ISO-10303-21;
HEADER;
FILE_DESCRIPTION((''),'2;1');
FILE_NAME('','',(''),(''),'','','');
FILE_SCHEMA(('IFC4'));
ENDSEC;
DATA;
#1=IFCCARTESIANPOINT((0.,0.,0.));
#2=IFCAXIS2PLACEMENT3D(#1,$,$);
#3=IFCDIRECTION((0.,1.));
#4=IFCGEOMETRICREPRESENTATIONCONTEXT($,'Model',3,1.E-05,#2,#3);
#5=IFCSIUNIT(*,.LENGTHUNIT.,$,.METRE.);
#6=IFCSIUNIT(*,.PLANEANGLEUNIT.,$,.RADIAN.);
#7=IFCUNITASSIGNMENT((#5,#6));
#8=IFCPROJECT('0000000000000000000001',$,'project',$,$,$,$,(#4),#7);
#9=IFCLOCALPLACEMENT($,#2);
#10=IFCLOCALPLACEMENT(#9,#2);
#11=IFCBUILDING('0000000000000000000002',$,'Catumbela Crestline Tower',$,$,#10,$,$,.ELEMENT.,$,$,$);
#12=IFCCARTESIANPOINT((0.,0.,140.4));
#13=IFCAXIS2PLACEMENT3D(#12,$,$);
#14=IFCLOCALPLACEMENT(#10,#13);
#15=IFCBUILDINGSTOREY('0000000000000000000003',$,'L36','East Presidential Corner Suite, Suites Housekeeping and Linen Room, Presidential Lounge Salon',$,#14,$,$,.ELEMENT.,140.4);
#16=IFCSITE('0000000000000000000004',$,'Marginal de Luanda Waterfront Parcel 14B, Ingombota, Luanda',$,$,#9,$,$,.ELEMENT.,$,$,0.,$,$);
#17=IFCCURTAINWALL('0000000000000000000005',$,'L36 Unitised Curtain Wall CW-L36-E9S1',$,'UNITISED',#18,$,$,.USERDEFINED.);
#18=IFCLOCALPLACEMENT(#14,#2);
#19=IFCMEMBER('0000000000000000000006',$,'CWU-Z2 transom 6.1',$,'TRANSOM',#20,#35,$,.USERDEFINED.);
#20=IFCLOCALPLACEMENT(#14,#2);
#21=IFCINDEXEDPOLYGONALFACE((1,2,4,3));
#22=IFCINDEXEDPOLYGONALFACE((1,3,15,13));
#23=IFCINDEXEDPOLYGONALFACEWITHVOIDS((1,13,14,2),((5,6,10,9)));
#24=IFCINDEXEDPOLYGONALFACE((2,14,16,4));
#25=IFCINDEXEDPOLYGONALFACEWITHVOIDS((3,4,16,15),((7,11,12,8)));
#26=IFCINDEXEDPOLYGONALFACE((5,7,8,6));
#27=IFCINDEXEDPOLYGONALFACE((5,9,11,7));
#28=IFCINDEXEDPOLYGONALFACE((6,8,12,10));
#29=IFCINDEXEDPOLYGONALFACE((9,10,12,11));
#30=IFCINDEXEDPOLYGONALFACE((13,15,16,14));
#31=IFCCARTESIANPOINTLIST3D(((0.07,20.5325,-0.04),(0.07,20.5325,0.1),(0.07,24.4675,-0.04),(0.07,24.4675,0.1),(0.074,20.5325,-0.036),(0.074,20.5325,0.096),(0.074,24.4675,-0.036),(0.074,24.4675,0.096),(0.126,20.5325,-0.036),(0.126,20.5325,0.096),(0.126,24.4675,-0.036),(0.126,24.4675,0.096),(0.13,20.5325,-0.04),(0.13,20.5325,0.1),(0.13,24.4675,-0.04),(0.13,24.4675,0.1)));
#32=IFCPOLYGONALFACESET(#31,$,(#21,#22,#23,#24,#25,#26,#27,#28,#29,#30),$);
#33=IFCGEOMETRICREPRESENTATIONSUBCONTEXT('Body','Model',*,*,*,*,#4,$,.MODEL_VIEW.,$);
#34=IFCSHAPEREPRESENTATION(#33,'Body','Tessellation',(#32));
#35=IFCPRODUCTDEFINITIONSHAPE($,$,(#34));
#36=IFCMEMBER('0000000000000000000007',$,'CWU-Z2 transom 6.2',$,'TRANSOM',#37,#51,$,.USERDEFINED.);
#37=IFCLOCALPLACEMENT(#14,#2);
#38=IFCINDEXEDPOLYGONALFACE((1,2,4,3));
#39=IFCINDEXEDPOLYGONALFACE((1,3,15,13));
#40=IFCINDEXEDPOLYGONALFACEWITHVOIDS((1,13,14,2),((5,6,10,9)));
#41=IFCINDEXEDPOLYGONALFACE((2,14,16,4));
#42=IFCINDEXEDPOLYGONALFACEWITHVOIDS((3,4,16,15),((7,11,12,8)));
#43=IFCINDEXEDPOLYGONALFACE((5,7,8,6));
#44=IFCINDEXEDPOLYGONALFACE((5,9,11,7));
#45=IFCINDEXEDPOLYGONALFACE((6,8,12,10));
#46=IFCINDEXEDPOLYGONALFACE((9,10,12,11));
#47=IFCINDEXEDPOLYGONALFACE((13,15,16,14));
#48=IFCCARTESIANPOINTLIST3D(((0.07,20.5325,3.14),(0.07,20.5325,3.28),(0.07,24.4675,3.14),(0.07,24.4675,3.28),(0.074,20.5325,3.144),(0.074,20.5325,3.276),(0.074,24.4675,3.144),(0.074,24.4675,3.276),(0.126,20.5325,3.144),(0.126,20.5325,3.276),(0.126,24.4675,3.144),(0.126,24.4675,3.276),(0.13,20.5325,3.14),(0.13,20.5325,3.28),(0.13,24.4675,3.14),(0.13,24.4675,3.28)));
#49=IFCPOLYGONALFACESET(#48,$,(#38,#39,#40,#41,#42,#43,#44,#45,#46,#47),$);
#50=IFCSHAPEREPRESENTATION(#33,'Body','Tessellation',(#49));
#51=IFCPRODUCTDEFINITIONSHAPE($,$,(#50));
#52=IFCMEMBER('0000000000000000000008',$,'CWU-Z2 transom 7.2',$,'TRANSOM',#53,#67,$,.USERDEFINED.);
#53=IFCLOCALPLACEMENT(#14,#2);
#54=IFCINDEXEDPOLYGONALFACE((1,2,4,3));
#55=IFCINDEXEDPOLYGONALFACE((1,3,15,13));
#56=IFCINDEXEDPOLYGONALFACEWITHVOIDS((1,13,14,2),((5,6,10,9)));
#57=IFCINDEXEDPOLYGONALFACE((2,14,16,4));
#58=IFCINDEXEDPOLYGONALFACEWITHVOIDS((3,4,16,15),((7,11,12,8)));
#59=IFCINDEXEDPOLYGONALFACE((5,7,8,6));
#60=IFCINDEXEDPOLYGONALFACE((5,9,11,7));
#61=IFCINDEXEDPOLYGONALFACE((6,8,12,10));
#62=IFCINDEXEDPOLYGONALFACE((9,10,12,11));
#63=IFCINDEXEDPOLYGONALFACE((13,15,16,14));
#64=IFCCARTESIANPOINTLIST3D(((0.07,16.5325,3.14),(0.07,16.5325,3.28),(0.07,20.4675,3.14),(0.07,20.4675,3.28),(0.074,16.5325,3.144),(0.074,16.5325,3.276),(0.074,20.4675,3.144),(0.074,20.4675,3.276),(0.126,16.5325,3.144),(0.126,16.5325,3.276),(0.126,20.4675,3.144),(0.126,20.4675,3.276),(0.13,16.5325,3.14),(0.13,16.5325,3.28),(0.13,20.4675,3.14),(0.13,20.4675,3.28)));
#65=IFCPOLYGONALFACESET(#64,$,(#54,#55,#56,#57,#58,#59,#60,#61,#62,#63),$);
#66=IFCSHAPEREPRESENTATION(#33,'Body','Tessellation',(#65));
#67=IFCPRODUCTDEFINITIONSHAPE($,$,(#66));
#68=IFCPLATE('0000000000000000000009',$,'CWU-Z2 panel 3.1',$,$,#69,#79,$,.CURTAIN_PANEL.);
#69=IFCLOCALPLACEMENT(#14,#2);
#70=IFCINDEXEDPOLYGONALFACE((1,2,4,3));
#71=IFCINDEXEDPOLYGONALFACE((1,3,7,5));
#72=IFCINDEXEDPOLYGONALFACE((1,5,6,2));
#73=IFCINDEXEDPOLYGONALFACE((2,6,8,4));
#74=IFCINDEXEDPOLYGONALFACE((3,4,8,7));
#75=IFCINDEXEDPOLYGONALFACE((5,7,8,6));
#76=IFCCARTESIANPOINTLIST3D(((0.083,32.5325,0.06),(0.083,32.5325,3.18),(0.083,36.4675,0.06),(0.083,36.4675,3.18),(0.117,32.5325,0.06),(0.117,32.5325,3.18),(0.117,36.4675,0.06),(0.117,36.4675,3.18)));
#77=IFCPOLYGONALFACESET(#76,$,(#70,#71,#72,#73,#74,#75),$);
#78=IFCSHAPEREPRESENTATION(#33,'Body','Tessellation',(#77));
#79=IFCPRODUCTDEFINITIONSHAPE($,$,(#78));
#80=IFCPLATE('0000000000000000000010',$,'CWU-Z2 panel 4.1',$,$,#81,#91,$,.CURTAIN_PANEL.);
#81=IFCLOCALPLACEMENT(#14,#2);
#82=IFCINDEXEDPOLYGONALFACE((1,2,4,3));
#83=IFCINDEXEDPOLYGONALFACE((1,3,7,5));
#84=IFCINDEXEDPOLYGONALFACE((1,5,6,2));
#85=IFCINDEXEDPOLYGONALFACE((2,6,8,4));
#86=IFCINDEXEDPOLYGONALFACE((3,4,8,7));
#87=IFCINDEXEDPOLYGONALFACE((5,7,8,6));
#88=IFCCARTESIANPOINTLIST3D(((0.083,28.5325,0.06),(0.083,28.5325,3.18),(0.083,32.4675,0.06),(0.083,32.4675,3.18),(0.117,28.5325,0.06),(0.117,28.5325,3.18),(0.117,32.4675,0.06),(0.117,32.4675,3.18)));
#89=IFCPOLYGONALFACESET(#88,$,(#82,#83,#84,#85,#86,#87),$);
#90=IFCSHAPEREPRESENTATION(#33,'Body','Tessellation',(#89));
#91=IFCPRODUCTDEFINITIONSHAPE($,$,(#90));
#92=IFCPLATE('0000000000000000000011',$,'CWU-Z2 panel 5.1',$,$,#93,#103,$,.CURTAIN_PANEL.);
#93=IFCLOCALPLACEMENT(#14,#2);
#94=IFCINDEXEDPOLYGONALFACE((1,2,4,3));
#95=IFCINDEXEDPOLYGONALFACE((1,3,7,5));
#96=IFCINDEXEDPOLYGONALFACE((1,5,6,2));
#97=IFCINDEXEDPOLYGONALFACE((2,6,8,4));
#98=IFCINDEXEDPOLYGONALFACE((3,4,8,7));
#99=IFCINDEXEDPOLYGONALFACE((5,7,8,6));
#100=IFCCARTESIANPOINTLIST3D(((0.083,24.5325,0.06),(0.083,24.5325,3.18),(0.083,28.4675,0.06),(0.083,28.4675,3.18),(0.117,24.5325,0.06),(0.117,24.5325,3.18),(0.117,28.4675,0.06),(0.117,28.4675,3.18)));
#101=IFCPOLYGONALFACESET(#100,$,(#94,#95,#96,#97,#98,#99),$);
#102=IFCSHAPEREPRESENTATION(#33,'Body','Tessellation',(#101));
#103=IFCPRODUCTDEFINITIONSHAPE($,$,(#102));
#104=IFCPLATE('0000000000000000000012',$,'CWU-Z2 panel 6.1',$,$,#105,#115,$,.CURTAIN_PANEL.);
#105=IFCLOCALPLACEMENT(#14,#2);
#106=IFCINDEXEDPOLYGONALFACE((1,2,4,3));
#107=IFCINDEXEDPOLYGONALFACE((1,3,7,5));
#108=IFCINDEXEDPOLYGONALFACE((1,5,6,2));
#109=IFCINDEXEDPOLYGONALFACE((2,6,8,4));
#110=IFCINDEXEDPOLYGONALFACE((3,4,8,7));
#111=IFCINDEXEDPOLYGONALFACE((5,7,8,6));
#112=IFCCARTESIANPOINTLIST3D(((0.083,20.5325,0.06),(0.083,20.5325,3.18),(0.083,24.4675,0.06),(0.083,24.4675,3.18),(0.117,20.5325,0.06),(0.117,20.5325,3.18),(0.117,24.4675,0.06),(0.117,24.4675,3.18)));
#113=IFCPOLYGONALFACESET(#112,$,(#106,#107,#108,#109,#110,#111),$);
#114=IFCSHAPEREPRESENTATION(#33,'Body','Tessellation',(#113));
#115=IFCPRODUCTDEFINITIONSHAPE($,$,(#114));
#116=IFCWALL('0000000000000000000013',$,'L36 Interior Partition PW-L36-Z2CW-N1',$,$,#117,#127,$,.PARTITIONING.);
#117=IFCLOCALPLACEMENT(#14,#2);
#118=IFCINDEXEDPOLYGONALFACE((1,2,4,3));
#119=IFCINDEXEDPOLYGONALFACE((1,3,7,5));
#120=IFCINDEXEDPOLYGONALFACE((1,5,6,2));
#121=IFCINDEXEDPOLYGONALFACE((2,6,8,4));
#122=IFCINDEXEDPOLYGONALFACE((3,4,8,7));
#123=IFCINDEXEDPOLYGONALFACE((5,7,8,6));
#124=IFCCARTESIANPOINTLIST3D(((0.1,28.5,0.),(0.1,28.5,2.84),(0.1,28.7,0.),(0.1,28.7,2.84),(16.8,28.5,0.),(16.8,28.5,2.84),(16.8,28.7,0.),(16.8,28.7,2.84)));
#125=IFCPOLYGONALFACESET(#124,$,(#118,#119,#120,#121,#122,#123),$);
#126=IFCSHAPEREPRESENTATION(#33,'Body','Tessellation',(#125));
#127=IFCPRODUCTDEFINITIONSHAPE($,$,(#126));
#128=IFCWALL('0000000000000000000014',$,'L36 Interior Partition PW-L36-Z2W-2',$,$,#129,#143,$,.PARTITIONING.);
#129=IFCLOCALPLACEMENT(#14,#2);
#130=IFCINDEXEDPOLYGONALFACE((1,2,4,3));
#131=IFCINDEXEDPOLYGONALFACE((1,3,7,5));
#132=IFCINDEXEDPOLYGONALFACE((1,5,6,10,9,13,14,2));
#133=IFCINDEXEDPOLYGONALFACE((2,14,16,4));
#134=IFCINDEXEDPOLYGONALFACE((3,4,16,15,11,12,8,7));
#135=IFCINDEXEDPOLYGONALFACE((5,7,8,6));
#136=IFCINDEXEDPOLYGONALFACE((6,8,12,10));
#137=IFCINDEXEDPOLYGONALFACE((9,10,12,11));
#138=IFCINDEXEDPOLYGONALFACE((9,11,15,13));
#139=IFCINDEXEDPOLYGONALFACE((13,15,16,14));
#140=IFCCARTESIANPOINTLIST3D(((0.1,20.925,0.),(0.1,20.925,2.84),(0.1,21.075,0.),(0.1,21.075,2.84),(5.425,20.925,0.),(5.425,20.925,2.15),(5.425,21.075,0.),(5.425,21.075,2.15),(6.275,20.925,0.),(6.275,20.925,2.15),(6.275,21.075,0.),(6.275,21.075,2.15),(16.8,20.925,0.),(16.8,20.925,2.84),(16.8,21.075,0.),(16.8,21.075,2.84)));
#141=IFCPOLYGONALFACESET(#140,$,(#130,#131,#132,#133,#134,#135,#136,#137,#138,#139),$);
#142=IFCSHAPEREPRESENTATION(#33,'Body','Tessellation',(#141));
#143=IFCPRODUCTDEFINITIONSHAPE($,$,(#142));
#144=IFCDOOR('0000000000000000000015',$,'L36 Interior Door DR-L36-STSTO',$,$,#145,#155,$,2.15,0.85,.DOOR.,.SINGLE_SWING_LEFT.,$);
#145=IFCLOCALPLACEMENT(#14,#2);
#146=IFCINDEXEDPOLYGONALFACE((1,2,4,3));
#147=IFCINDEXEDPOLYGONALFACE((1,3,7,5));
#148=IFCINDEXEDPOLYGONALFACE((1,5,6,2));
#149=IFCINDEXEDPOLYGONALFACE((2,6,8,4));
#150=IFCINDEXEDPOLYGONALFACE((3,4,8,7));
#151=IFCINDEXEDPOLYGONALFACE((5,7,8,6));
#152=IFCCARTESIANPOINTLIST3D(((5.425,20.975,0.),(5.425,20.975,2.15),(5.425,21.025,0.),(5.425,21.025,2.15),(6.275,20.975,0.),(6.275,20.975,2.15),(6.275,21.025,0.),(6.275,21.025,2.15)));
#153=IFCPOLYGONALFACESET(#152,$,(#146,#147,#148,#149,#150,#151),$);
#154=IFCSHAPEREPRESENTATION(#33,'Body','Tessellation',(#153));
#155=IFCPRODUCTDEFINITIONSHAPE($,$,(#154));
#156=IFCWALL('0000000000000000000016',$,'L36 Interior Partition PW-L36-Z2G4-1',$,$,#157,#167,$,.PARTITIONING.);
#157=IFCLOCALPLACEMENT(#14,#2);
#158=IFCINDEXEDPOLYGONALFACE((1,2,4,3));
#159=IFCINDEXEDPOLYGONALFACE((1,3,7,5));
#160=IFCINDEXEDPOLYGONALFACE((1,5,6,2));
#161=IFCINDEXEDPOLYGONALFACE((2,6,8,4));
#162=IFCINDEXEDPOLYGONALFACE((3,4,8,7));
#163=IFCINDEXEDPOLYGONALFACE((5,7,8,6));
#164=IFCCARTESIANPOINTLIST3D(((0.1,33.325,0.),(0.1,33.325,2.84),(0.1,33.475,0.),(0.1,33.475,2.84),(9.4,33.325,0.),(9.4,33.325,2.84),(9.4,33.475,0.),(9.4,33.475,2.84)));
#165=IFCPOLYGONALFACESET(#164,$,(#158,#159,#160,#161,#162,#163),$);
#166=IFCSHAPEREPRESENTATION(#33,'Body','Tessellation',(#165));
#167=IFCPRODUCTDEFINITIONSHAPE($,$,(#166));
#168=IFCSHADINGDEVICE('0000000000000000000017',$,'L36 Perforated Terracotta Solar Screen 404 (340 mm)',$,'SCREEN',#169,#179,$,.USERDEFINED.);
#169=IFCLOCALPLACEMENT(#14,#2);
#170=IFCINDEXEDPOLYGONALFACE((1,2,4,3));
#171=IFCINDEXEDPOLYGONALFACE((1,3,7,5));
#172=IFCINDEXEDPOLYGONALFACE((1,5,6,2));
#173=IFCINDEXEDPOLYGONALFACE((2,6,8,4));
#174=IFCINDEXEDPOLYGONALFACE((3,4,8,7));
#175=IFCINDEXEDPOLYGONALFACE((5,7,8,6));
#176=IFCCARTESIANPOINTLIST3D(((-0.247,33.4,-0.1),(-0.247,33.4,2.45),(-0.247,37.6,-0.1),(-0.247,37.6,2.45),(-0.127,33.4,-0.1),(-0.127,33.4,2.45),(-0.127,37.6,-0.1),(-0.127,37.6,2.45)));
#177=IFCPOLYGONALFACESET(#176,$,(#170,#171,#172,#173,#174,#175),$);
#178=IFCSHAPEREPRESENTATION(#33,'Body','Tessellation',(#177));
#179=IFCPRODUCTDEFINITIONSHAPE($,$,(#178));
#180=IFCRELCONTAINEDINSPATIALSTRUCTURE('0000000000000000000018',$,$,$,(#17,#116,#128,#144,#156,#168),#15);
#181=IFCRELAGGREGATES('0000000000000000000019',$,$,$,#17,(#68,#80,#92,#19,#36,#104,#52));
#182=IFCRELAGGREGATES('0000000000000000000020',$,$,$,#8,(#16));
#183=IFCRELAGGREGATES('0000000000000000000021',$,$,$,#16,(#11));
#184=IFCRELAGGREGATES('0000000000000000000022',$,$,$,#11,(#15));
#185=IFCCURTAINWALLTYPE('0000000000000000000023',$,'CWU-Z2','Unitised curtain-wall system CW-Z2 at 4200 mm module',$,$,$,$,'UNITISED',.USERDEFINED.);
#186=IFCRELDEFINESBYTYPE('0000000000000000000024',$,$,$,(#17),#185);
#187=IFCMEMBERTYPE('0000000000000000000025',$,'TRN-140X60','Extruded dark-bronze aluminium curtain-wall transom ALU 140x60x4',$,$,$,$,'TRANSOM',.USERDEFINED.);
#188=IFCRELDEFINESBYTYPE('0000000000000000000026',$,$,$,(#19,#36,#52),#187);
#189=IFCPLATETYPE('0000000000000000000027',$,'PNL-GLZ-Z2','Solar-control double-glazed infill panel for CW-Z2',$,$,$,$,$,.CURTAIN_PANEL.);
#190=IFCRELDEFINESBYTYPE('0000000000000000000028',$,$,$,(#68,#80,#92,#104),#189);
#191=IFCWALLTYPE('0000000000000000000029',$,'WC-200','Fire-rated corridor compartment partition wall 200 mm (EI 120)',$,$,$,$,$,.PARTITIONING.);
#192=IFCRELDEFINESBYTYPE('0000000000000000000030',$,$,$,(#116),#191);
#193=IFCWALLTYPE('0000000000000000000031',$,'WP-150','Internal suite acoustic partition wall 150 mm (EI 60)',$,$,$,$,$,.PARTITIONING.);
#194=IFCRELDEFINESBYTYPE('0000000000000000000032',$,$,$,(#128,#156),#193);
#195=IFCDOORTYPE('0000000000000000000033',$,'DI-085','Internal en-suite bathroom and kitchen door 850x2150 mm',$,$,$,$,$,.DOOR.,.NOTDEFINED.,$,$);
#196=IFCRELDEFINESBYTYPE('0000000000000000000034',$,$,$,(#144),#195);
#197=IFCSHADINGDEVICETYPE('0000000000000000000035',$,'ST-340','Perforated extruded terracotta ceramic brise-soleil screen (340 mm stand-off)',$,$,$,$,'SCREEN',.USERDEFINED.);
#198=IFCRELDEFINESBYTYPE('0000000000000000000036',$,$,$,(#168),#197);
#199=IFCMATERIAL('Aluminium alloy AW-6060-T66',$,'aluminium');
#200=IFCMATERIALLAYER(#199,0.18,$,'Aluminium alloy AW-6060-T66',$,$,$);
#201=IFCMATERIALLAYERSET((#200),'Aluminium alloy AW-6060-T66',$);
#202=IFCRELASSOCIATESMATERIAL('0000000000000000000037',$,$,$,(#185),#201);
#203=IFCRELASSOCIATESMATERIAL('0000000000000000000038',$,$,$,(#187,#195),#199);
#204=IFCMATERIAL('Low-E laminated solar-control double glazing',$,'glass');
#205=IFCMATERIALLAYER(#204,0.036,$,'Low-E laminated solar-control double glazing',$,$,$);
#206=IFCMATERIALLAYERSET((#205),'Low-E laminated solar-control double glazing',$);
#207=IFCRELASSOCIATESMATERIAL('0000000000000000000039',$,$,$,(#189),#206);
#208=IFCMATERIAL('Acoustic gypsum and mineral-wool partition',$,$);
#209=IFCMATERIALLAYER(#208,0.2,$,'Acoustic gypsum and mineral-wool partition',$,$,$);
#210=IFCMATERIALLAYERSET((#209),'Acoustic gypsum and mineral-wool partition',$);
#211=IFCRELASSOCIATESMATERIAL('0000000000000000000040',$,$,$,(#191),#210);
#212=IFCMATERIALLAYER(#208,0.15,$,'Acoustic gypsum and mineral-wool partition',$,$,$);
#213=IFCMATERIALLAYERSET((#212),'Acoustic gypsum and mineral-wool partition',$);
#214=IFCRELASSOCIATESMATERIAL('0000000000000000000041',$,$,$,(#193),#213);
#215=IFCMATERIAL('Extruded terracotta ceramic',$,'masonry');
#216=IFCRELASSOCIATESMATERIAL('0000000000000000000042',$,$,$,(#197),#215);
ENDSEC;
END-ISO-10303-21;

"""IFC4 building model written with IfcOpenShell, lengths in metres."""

from ifc_helpers import new_model, si_unit, direction, frame, frame_2d, origin, origin_2d, place, context, subcontext, project, spatial, rectangle, hollow_rectangle, extrude, material, layer, layer_set, material_profile, profile_set, type_object, element, fill, aggregate, save


model = new_model("IFC4")

# Units and contexts
model_context = context("Model", 3, precision=1e-05, world=origin(), true_north=direction((0.0, 1.0)))
body_context = subcontext(model_context, "Body", "Model", "MODEL_VIEW")
ifc_project = project(units=[si_unit("LENGTHUNIT", "METRE"), si_unit("PLANEANGLEUNIT", "RADIAN")], contexts=[model_context])

# Site, building, storey
site_placement = place(None, origin())
site = spatial("IfcSite", under=ifc_project, at=site_placement, Name="Marginal de Luanda Waterfront Parcel 14B, Ingombota, Luanda", CompositionType="ELEMENT", RefElevation=0.0)
building_placement = place(site_placement, origin())
building = spatial("IfcBuilding", under=site, at=building_placement, Name="Catumbela Crestline Tower", CompositionType="ELEMENT")
storey_placement = place(building_placement, frame((0.0, 0.0, 140.4)))
storey = spatial("IfcBuildingStorey", under=building, at=storey_placement, Name="L36", Description="East Presidential Corner Suite, Suites Housekeeping and Linen Room, Presidential Lounge Salon", CompositionType="ELEMENT", Elevation=140.4)

# Curtain wall
ifc_material_1 = material(Name="Aluminium alloy AW-6060-T66", Category="aluminium")
ifc_layer_1 = layer(ifc_material_1, 0.18, Name="Aluminium alloy AW-6060-T66")
ifc_layer_set_1 = layer_set([ifc_layer_1], Name="Aluminium alloy AW-6060-T66")
curtain_wall_type = type_object("IfcCurtainWallType", Name="CWU-Z2", Description="Unitised curtain-wall system CW-Z2 at 4200 mm module", ElementType="UNITISED", PredefinedType="USERDEFINED", material=ifc_layer_set_1)
curtain_wall_placement = place(storey_placement, origin())
curtain_wall = element("IfcCurtainWall", 1, at=curtain_wall_placement, inside=storey, type_object=curtain_wall_type, Name="L36 Unitised Curtain Wall CW-L36-E9S1", ObjectType="UNITISED", PredefinedType="USERDEFINED")

# Members
ifc_material_profile_1 = material_profile(ifc_material_1, hollow_rectangle(XDim=0.06, YDim=0.14, WallThickness=0.004, at=origin_2d()), Name="ALU 140x60x4")
ifc_profile_set_1 = profile_set([ifc_material_profile_1], Name="Aluminium alloy AW-6060-T66")
member_type_1 = type_object("IfcMemberType", Name="TRN-140X60", Description="Extruded dark-bronze aluminium curtain-wall transom ALU 140x60x4", ElementType="TRANSOM", PredefinedType="USERDEFINED", material=ifc_profile_set_1)
member_1_placement = place(storey_placement, frame((0.1, 24.4675, 0.03), z_axis=(0.0, -1.0, 0.0), x_axis=(1.0, 0.0, 0.0)))
member_1 = element("IfcMember", 2, at=member_1_placement, type_object=member_type_1, Name="CWU-Z2 transom 6.1", ObjectType="TRANSOM", PredefinedType="USERDEFINED", context=body_context, shape_type="SweptSolid", body=[
    extrude(hollow_rectangle(XDim=0.06, YDim=0.14, WallThickness=0.004, at=origin_2d()), origin(), (0.0, 0.0, 1.0), 3.935),
])
member_2_placement = place(storey_placement, frame((0.1, 24.4675, 3.21), z_axis=(0.0, -1.0, 0.0), x_axis=(1.0, 0.0, 0.0)))
member_2 = element("IfcMember", 3, at=member_2_placement, type_object=member_type_1, Name="CWU-Z2 transom 6.2", ObjectType="TRANSOM", PredefinedType="USERDEFINED", context=body_context, shape_type="SweptSolid", body=[
    extrude(hollow_rectangle(XDim=0.06, YDim=0.14, WallThickness=0.004, at=origin_2d()), origin(), (0.0, 0.0, 1.0), 3.935),
])
member_3_placement = place(storey_placement, frame((0.1, 20.4675, 3.21), z_axis=(0.0, -1.0, 0.0), x_axis=(1.0, 0.0, 0.0)))
member_3 = element("IfcMember", 4, at=member_3_placement, type_object=member_type_1, Name="CWU-Z2 transom 7.2", ObjectType="TRANSOM", PredefinedType="USERDEFINED", context=body_context, shape_type="SweptSolid", body=[
    extrude(hollow_rectangle(XDim=0.06, YDim=0.14, WallThickness=0.004, at=origin_2d()), origin(), (0.0, 0.0, 1.0), 3.935),
])

# Plates
ifc_material_2 = material(Name="Low-E laminated solar-control double glazing", Category="glass")
ifc_layer_2 = layer(ifc_material_2, 0.036, Name="Low-E laminated solar-control double glazing")
ifc_layer_set_2 = layer_set([ifc_layer_2], Name="Low-E laminated solar-control double glazing")
plate_type = type_object("IfcPlateType", Name="PNL-GLZ-Z2", Description="Solar-control double-glazed infill panel for CW-Z2", PredefinedType="CURTAIN_PANEL", material=ifc_layer_set_2)
plate_1_placement = place(storey_placement, frame((0.1, 34.5, 0.06), z_axis=(0.0, 0.0, 1.0), x_axis=(0.0, -1.0, 0.0)))
plate_1 = element("IfcPlate", 5, at=plate_1_placement, type_object=plate_type, Name="CWU-Z2 panel 3.1", PredefinedType="CURTAIN_PANEL", context=body_context, shape_type="SweptSolid", body=[
    extrude(rectangle(XDim=3.935, YDim=0.034, at=origin_2d()), origin(), (0.0, 0.0, 1.0), 3.12),
])
plate_2_placement = place(storey_placement, frame((0.1, 30.5, 0.06), z_axis=(0.0, 0.0, 1.0), x_axis=(0.0, -1.0, 0.0)))
plate_2 = element("IfcPlate", 6, at=plate_2_placement, type_object=plate_type, Name="CWU-Z2 panel 4.1", PredefinedType="CURTAIN_PANEL", context=body_context, shape_type="SweptSolid", body=[
    extrude(rectangle(XDim=3.935, YDim=0.034, at=origin_2d()), origin(), (0.0, 0.0, 1.0), 3.12),
])
plate_3_placement = place(storey_placement, frame((0.1, 26.5, 0.06), z_axis=(0.0, 0.0, 1.0), x_axis=(0.0, -1.0, 0.0)))
plate_3 = element("IfcPlate", 7, at=plate_3_placement, type_object=plate_type, Name="CWU-Z2 panel 5.1", PredefinedType="CURTAIN_PANEL", context=body_context, shape_type="SweptSolid", body=[
    extrude(rectangle(XDim=3.935, YDim=0.034, at=origin_2d()), origin(), (0.0, 0.0, 1.0), 3.12),
])
plate_4_placement = place(storey_placement, frame((0.1, 22.5, 0.06), z_axis=(0.0, 0.0, 1.0), x_axis=(0.0, -1.0, 0.0)))
plate_4 = element("IfcPlate", 8, at=plate_4_placement, type_object=plate_type, Name="CWU-Z2 panel 6.1", PredefinedType="CURTAIN_PANEL", context=body_context, shape_type="SweptSolid", body=[
    extrude(rectangle(XDim=3.935, YDim=0.034, at=origin_2d()), origin(), (0.0, 0.0, 1.0), 3.12),
])
aggregate(curtain_wall, [plate_1, plate_2, plate_3, member_1, member_2, plate_4, member_3])

# Wall
ifc_material_3 = material(Name="Acoustic gypsum and mineral-wool partition")
ifc_layer_3 = layer(ifc_material_3, 0.2, Name="Acoustic gypsum and mineral-wool partition")
ifc_layer_set_3 = layer_set([ifc_layer_3], Name="Acoustic gypsum and mineral-wool partition")
wall_type_1 = type_object("IfcWallType", Name="WC-200", Description="Fire-rated corridor compartment partition wall 200 mm (EI 120)", PredefinedType="PARTITIONING", material=ifc_layer_set_3)
wall_1_placement = place(storey_placement, frame((0.1, 28.6, 0.0), z_axis=(0.0, 0.0, 1.0), x_axis=(1.0, 0.0, 0.0)))
element("IfcWall", 9, at=wall_1_placement, inside=storey, type_object=wall_type_1, Name="L36 Interior Partition PW-L36-Z2CW-N1", PredefinedType="PARTITIONING", context=body_context, shape_type="SweptSolid", body=[
    extrude(rectangle(XDim=16.7, YDim=0.2, at=frame_2d((8.35, 0.0))), origin(), (0.0, 0.0, 1.0), 2.84),
])

# Wall, opening, door
ifc_layer_4 = layer(ifc_material_3, 0.15, Name="Acoustic gypsum and mineral-wool partition")
ifc_layer_set_4 = layer_set([ifc_layer_4], Name="Acoustic gypsum and mineral-wool partition")
wall_type_2 = type_object("IfcWallType", Name="WP-150", Description="Internal suite acoustic partition wall 150 mm (EI 60)", PredefinedType="PARTITIONING", material=ifc_layer_set_4)
wall_2_placement = place(storey_placement, frame((0.1, 21.0, 0.0), z_axis=(0.0, 0.0, 1.0), x_axis=(1.0, 0.0, 0.0)))
wall_2 = element("IfcWall", 10, at=wall_2_placement, inside=storey, type_object=wall_type_2, Name="L36 Interior Partition PW-L36-Z2W-2", PredefinedType="PARTITIONING", context=body_context, shape_type="SweptSolid", body=[
    extrude(rectangle(XDim=16.7, YDim=0.15, at=frame_2d((8.35, 0.0))), origin(), (0.0, 0.0, 1.0), 2.84),
])
opening_placement = place(wall_2_placement, frame((5.325, 0.0, 0.0)))
opening = element("IfcOpeningElement", 11, at=opening_placement, cuts=wall_2, PredefinedType="OPENING", context=body_context, shape_type="SweptSolid", body=[
    extrude(rectangle(XDim=0.85, YDim=2.15, at=frame_2d((0.425, 1.075))), frame((0.0, 0.085, 0.0), z_axis=(0.0, -1.0, 0.0), x_axis=(1.0, 0.0, 0.0)), (0.0, 0.0, 1.0), 0.17),
])
door_type = type_object("IfcDoorType", Name="DI-085", Description="Internal en-suite bathroom and kitchen door 850x2150 mm", OperationType="NOTDEFINED", PredefinedType="DOOR", material=ifc_material_1)
door_placement = place(opening_placement, origin())
door = element("IfcDoor", 12, at=door_placement, inside=storey, type_object=door_type, Name="L36 Interior Door DR-L36-STSTO", OperationType="SINGLE_SWING_LEFT", OverallHeight=2.15, OverallWidth=0.85, PredefinedType="DOOR", context=body_context, shape_type="SweptSolid", body=[
    extrude(rectangle(XDim=0.85, YDim=2.15, at=frame_2d((0.425, 1.075))), frame((0.0, 0.025, 0.0), z_axis=(0.0, -1.0, 0.0), x_axis=(1.0, 0.0, 0.0)), (0.0, 0.0, 1.0), 0.05),
])
fill(opening, door)

# Wall
wall_3_placement = place(storey_placement, frame((0.1, 33.4, 0.0), z_axis=(0.0, 0.0, 1.0), x_axis=(1.0, 0.0, 0.0)))
element("IfcWall", 13, at=wall_3_placement, inside=storey, type_object=wall_type_2, Name="L36 Interior Partition PW-L36-Z2G4-1", PredefinedType="PARTITIONING", context=body_context, shape_type="SweptSolid", body=[
    extrude(rectangle(XDim=9.3, YDim=0.15, at=frame_2d((4.65, 0.0))), origin(), (0.0, 0.0, 1.0), 2.84),
])

# Shading device
ifc_material_4 = material(Name="Extruded terracotta ceramic", Category="masonry")
shading_device_type = type_object("IfcShadingDeviceType", Name="ST-340", Description="Perforated extruded terracotta ceramic brise-soleil screen (340 mm stand-off)", ElementType="SCREEN", PredefinedType="USERDEFINED", material=ifc_material_4)
shading_device_placement = place(storey_placement, frame((-0.187, 35.5, -0.1), z_axis=(0.0, 0.0, 1.0), x_axis=(0.0, -1.0, 0.0)))
element("IfcShadingDevice", 14, at=shading_device_placement, inside=storey, type_object=shading_device_type, Name="L36 Perforated Terracotta Solar Screen 404 (340 mm)", ObjectType="SCREEN", PredefinedType="USERDEFINED", context=body_context, shape_type="SweptSolid", body=[
    extrude(rectangle(XDim=4.2, YDim=0.12, at=origin_2d()), origin(), (0.0, 0.0, 1.0), 2.55),
])

save(model, "model.ifc")
